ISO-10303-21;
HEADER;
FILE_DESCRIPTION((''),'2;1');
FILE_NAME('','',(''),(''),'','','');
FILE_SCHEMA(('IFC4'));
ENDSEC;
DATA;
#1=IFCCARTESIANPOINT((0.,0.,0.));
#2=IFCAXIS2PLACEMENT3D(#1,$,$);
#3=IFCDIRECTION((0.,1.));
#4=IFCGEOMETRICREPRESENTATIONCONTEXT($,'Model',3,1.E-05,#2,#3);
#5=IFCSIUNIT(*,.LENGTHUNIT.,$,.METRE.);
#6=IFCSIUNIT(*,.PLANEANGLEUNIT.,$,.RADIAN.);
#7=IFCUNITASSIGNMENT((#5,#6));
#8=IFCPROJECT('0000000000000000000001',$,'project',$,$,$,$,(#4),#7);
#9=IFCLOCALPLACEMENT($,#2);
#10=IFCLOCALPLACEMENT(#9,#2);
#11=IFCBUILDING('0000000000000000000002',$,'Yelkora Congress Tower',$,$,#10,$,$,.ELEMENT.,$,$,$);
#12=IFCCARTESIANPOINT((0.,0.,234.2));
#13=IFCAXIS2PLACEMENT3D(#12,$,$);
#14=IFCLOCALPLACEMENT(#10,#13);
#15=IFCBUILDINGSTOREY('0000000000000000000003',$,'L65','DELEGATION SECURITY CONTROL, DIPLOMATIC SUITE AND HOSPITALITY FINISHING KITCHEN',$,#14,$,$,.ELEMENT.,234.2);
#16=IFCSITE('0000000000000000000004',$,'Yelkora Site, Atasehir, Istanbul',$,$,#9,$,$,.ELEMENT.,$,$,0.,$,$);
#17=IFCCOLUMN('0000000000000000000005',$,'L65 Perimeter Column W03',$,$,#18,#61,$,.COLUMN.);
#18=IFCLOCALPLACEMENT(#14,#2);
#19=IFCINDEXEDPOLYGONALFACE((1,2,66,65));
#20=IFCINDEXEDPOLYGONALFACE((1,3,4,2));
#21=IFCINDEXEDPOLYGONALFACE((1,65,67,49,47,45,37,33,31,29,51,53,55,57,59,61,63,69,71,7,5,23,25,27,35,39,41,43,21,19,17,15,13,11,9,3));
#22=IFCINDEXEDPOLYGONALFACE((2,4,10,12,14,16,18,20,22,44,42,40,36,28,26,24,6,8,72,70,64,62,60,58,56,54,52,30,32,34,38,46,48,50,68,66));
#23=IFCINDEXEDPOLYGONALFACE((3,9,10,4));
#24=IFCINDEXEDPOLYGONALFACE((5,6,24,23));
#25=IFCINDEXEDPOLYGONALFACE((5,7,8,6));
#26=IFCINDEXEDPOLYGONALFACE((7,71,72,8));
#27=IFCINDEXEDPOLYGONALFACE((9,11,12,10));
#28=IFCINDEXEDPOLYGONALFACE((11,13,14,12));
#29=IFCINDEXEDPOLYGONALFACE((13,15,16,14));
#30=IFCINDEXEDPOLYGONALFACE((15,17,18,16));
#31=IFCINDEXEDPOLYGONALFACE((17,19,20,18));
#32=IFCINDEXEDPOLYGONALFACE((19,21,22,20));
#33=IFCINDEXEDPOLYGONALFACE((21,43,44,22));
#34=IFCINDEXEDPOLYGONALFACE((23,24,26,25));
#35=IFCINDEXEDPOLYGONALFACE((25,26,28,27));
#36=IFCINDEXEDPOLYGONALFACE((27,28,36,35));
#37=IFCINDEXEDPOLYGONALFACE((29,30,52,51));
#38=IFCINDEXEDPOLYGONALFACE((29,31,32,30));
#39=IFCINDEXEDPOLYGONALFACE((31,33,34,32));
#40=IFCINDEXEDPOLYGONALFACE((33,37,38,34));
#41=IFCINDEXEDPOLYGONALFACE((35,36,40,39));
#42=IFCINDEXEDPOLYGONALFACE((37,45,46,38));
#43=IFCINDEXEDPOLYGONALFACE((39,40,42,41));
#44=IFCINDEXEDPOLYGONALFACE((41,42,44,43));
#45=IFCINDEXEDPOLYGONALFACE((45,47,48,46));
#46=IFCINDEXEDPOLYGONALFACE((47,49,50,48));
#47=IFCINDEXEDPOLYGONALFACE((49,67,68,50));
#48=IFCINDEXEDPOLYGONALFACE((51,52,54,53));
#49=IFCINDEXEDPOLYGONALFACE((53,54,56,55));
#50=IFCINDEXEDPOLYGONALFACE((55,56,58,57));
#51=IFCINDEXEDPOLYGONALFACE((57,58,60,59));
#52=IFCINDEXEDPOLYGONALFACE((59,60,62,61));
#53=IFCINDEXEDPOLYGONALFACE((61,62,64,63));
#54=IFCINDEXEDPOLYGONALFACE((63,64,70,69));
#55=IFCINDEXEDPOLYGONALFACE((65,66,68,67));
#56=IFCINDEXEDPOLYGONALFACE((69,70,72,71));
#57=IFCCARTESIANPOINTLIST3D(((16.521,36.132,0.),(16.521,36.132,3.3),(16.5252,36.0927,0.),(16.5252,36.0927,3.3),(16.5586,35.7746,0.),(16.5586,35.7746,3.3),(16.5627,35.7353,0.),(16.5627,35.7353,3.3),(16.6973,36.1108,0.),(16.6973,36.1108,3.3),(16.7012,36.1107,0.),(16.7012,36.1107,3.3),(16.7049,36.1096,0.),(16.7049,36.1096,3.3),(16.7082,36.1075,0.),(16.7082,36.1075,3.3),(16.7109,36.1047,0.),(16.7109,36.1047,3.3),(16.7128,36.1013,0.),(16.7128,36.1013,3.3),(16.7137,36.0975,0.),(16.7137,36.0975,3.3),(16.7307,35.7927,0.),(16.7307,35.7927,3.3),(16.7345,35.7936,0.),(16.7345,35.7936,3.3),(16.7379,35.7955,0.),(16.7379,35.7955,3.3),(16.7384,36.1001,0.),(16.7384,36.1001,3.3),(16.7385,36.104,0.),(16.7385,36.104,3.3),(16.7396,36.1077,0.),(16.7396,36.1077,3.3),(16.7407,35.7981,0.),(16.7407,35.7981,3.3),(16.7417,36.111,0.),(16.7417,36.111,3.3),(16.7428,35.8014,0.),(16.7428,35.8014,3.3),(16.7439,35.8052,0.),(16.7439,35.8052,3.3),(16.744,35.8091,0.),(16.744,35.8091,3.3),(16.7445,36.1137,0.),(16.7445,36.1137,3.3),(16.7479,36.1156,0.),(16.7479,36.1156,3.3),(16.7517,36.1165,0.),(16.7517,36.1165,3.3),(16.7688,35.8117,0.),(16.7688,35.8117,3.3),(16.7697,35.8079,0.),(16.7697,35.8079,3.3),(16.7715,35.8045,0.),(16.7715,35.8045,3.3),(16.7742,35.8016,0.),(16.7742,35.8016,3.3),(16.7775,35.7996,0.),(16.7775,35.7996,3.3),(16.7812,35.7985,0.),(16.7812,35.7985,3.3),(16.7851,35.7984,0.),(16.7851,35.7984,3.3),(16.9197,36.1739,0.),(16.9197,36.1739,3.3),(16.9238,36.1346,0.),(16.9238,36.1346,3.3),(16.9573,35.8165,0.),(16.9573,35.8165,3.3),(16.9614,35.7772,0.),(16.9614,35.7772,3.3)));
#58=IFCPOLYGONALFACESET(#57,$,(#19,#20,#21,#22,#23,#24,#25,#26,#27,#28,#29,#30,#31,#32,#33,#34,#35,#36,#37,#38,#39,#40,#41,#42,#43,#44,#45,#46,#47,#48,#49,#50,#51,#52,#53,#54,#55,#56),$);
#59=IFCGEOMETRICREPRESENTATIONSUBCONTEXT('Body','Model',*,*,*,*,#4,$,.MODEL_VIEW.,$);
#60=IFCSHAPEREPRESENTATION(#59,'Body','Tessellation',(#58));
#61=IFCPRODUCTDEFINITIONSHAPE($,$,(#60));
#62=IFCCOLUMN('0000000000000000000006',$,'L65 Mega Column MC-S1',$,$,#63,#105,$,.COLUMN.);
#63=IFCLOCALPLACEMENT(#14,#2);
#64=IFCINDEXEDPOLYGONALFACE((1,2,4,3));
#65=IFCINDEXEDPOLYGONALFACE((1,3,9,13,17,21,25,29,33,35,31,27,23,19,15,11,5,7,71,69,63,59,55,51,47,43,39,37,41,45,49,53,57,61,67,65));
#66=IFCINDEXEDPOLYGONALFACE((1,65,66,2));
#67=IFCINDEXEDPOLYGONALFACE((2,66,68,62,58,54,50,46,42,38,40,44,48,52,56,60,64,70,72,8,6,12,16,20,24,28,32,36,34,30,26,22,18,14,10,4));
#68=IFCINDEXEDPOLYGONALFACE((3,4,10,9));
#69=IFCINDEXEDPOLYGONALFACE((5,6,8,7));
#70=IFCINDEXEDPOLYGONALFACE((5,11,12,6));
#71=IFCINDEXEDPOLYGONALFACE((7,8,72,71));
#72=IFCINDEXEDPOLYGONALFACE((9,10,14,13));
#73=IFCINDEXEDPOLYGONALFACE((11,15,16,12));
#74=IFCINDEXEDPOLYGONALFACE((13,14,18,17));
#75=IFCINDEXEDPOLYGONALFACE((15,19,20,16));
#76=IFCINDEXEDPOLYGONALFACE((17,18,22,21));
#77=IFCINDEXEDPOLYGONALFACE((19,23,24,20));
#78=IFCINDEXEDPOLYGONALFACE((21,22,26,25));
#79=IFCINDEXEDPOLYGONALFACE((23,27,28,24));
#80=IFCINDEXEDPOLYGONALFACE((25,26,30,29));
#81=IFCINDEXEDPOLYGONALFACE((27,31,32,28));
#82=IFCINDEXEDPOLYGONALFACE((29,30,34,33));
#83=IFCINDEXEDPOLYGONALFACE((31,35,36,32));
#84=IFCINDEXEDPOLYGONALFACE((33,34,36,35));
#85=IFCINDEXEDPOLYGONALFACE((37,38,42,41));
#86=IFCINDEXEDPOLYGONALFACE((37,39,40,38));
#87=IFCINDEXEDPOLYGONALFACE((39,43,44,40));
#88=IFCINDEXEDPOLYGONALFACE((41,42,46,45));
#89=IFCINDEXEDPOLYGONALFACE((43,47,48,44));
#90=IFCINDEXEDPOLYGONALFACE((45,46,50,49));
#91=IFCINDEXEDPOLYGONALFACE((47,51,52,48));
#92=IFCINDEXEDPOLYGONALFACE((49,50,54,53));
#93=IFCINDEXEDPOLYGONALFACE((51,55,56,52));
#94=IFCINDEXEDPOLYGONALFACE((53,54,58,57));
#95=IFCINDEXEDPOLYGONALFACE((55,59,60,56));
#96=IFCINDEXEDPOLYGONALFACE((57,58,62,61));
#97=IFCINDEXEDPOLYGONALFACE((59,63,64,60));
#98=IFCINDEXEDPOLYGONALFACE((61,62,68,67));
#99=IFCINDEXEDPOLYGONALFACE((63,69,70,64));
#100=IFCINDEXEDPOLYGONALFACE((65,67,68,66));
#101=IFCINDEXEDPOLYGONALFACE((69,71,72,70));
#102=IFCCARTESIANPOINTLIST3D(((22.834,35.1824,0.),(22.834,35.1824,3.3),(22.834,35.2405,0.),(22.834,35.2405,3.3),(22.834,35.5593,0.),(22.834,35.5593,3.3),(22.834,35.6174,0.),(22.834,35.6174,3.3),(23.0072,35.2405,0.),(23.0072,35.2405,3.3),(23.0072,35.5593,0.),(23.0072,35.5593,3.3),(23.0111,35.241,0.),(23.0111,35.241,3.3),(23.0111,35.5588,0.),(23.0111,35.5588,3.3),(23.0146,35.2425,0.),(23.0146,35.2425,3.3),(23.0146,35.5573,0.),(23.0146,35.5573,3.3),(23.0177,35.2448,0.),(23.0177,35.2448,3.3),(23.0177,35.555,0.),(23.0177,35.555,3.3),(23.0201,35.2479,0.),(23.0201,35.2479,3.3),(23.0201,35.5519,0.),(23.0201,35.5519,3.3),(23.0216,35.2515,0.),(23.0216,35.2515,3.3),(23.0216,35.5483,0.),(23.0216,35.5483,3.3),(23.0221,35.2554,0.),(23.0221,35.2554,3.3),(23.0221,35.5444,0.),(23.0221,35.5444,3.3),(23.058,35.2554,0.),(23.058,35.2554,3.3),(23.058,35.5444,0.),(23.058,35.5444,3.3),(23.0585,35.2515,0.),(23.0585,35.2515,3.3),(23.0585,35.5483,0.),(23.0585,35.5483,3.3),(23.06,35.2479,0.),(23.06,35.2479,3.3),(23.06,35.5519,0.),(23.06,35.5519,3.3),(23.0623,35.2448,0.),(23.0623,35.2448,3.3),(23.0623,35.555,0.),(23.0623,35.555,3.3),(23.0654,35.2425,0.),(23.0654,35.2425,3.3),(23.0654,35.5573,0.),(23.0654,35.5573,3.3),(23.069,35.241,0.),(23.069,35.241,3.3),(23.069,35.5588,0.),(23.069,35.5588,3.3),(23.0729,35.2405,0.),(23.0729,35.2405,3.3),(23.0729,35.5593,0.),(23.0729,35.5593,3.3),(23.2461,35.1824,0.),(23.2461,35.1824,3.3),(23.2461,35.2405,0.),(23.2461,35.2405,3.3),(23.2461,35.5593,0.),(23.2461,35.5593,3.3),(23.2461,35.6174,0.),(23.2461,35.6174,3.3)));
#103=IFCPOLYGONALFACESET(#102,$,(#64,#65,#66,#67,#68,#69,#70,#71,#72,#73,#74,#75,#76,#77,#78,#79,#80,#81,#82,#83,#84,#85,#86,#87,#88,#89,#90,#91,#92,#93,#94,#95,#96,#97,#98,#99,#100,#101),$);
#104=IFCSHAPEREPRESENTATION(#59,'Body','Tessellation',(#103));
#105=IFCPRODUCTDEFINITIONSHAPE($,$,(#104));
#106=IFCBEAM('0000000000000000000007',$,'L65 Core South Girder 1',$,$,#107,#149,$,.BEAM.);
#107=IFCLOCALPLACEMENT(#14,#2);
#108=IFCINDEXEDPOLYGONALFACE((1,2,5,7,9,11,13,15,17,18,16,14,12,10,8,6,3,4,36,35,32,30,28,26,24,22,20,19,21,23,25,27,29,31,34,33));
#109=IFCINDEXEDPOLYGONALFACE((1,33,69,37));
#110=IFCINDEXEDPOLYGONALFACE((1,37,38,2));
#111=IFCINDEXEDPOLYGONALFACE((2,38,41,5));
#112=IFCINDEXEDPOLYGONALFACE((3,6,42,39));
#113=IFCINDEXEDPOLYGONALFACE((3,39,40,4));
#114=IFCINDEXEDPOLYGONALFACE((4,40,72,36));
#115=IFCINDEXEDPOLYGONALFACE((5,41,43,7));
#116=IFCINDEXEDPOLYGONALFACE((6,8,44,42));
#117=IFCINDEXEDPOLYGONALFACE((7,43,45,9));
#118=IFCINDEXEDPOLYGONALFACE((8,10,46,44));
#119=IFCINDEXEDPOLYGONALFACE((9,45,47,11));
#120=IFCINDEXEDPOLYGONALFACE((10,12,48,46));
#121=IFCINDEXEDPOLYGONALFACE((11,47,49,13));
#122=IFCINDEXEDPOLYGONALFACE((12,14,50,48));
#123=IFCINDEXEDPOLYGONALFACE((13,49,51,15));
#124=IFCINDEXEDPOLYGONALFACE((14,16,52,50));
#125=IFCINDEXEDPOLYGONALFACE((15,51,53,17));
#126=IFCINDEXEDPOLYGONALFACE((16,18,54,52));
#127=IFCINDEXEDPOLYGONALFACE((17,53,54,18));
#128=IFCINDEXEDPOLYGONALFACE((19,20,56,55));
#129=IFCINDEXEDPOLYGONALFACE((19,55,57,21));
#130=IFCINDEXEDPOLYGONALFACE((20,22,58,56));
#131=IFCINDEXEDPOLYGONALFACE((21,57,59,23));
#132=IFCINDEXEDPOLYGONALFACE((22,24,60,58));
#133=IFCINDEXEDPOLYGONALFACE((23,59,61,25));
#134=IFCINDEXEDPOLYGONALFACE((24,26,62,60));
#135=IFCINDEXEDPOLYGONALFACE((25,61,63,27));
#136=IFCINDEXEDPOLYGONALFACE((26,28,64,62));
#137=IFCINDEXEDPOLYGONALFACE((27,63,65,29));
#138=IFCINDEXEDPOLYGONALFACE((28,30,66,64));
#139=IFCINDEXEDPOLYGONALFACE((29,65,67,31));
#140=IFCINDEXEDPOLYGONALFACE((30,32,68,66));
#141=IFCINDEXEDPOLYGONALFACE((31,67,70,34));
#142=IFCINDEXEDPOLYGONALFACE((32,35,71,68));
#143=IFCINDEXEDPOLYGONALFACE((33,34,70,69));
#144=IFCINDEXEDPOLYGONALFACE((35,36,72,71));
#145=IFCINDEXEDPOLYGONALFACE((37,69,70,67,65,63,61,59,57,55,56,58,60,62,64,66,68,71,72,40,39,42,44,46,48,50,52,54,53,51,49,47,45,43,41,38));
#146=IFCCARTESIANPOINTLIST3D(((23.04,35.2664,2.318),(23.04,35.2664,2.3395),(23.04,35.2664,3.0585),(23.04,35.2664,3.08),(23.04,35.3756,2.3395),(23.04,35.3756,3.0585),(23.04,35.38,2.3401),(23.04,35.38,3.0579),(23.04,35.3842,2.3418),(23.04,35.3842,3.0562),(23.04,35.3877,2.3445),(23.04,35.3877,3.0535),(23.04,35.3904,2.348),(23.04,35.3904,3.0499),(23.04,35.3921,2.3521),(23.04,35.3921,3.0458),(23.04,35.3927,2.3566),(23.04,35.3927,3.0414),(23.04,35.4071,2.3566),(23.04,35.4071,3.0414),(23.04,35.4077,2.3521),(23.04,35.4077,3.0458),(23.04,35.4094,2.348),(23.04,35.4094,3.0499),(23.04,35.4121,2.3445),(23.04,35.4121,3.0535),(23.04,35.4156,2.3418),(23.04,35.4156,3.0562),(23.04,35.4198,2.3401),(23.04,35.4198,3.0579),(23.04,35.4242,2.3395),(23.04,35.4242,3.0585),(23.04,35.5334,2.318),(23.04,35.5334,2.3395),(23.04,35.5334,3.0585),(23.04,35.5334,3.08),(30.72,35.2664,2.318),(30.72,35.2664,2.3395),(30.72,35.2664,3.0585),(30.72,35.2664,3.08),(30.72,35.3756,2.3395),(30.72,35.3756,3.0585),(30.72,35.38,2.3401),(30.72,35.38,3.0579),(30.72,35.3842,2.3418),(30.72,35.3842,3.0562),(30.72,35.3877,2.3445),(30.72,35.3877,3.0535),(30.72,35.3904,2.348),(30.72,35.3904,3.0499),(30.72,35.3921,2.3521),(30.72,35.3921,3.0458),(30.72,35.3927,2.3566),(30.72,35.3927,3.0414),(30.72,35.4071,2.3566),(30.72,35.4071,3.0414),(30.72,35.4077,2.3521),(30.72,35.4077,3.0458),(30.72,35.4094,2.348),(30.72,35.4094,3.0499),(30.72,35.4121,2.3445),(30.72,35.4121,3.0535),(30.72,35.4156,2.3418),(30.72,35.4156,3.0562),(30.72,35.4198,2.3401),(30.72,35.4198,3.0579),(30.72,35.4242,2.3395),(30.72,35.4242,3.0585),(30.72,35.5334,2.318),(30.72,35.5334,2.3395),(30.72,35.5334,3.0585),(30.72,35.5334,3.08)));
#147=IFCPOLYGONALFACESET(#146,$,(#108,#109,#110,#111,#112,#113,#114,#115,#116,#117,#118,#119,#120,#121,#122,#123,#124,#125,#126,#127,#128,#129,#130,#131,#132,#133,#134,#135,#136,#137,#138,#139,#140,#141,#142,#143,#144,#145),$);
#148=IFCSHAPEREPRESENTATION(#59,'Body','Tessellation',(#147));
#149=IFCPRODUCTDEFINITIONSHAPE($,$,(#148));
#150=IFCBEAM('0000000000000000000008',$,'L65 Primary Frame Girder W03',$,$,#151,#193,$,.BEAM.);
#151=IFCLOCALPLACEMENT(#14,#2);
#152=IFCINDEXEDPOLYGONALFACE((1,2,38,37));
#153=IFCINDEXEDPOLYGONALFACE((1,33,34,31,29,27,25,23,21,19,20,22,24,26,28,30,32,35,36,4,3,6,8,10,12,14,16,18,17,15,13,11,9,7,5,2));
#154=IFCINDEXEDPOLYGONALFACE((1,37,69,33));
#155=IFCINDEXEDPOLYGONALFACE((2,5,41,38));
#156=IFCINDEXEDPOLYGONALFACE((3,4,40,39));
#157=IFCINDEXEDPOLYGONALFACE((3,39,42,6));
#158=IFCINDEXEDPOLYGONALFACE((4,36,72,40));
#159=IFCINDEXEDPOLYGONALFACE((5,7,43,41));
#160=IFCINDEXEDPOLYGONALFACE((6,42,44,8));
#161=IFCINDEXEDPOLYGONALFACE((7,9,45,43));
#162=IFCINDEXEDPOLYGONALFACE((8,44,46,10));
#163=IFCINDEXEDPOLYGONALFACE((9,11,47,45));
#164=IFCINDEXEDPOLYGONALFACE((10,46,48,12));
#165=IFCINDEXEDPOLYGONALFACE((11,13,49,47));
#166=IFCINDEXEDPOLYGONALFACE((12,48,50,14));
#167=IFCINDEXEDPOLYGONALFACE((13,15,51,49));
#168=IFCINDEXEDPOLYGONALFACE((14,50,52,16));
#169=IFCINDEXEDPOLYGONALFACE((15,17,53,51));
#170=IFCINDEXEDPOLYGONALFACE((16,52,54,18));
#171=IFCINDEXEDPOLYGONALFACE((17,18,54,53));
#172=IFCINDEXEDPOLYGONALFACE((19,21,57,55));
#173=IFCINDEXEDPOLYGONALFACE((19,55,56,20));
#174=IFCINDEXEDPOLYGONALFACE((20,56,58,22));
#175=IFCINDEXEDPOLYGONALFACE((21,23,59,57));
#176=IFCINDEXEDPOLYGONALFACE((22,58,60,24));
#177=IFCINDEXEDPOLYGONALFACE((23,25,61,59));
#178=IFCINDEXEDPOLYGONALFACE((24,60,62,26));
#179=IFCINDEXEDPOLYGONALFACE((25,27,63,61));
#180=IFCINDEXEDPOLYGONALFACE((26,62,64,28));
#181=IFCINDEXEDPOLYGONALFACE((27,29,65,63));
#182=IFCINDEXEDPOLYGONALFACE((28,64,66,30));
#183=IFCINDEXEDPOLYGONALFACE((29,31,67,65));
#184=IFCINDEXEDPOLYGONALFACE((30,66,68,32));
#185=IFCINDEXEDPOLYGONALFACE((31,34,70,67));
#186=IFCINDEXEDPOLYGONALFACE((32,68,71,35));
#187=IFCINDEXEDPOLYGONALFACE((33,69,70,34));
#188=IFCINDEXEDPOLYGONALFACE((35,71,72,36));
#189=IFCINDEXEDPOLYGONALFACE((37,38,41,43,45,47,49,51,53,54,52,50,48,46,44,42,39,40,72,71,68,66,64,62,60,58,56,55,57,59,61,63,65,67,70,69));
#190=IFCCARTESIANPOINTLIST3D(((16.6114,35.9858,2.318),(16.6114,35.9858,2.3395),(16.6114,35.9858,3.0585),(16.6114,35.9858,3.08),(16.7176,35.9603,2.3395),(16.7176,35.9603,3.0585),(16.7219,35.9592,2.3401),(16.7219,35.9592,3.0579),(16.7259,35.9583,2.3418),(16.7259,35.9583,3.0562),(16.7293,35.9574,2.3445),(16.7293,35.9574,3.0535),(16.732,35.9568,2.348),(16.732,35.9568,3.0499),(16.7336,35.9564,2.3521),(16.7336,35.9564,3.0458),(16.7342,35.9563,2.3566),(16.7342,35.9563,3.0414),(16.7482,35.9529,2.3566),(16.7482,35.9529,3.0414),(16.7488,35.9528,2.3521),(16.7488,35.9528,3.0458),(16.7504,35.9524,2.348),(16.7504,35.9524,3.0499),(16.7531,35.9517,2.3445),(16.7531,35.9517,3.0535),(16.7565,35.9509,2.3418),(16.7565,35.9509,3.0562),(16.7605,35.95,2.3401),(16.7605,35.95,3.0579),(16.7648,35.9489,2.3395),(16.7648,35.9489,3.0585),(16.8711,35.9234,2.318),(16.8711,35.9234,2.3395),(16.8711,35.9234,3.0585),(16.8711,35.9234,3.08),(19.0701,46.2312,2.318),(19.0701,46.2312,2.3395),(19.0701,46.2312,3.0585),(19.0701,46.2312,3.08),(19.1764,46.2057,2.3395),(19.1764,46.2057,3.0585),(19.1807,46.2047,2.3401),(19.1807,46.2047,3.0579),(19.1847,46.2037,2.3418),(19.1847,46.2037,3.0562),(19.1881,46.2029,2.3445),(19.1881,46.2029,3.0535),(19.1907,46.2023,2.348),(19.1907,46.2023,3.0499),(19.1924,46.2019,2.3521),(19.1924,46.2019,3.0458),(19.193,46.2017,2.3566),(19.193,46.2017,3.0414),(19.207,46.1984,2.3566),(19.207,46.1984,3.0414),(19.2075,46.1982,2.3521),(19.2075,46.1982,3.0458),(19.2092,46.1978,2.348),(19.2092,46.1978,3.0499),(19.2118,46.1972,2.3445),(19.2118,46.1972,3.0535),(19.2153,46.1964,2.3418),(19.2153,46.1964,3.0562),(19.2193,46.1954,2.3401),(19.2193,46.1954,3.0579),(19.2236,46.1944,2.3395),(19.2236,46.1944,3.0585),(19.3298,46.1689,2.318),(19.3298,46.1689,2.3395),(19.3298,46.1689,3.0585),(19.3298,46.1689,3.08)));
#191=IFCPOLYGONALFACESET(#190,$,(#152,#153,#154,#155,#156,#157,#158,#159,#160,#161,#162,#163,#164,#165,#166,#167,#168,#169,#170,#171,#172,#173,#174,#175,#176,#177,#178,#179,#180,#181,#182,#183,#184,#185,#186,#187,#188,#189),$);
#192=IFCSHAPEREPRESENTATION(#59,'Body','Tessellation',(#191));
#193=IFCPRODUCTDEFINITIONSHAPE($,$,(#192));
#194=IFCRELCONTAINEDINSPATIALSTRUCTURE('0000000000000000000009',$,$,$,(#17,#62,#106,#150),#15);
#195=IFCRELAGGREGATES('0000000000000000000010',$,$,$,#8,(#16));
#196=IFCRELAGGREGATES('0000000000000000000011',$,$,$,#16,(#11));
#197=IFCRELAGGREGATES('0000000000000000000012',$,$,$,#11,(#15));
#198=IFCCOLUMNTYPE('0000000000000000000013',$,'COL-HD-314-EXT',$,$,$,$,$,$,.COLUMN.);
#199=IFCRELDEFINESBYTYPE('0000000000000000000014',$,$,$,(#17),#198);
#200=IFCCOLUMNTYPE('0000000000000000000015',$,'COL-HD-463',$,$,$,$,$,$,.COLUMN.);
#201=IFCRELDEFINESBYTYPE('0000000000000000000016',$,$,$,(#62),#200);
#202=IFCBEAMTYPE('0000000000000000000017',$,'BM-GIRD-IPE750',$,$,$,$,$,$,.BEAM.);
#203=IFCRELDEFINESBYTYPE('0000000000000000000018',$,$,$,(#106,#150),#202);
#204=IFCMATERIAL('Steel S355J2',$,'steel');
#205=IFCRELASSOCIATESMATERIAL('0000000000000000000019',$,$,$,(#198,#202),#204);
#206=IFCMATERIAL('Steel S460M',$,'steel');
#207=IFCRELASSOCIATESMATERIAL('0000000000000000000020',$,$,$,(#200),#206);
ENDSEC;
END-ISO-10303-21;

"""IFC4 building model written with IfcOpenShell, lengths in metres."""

from ifc_helpers import new_model, si_unit, direction, frame, origin, origin_2d, place, context, subcontext, project, spatial, i_section, extrude, material, material_profile, profile_set, type_object, element, save


model = new_model("IFC4")

# Units and contexts
model_context = context("Model", 3, precision=1e-05, world=origin(), true_north=direction((0.0, 1.0)))
body_context = subcontext(model_context, "Body", "Model", "MODEL_VIEW")
ifc_project = project(units=[si_unit("LENGTHUNIT", "METRE"), si_unit("PLANEANGLEUNIT", "RADIAN")], contexts=[model_context])

# Site, building, storey
site_placement = place(None, origin())
site = spatial("IfcSite", under=ifc_project, at=site_placement, Name="Yelkora Site, Atasehir, Istanbul", CompositionType="ELEMENT", RefElevation=0.0)
building_placement = place(site_placement, origin())
building = spatial("IfcBuilding", under=site, at=building_placement, Name="Yelkora Congress Tower", CompositionType="ELEMENT")
storey_placement = place(building_placement, frame((0.0, 0.0, 234.2)))
storey = spatial("IfcBuildingStorey", under=building, at=storey_placement, Name="L65", Description="DELEGATION SECURITY CONTROL, DIPLOMATIC SUITE AND HOSPITALITY FINISHING KITCHEN", CompositionType="ELEMENT", Elevation=234.2)

# Columns
ifc_material_1 = material(Name="Steel S355J2", Category="steel")
ifc_material_profile_1 = material_profile(ifc_material_1, i_section(OverallWidth=0.4009, OverallDepth=0.3989, WebThickness=0.0249, FlangeThickness=0.0396, FilletRadius=0.0149, at=origin_2d()), Name="HD 400x314")
ifc_profile_set_1 = profile_set([ifc_material_profile_1], Name="Steel S355J2")
column_type_1 = type_object("IfcColumnType", Name="COL-HD-314-EXT", PredefinedType="COLUMN", material=ifc_profile_set_1)
column_1_placement = place(storey_placement, frame((16.7412, 35.9546, 0.0), z_axis=(0.0, 0.0, 1.0), x_axis=(0.994522, 0.104528, 0.0)))
element("IfcColumn", 1, at=column_1_placement, inside=storey, type_object=column_type_1, Name="L65 Perimeter Column W03", PredefinedType="COLUMN", context=body_context, shape_type="SweptSolid", body=[
    extrude(i_section(OverallWidth=0.4009, OverallDepth=0.3989, WebThickness=0.0249, FlangeThickness=0.0396, FilletRadius=0.0149, at=origin_2d()), origin(), (0.0, 0.0, 1.0), 3.3),
])
ifc_material_2 = material(Name="Steel S460M", Category="steel")
ifc_material_profile_2 = material_profile(ifc_material_2, i_section(OverallWidth=0.4121, OverallDepth=0.4351, WebThickness=0.0359, FlangeThickness=0.0581, FilletRadius=0.0149, at=origin_2d()), Name="HD 400x463")
ifc_profile_set_2 = profile_set([ifc_material_profile_2], Name="Steel S460M")
column_type_2 = type_object("IfcColumnType", Name="COL-HD-463", PredefinedType="COLUMN", material=ifc_profile_set_2)
column_2_placement = place(storey_placement, frame((23.04, 35.3999, 0.0), z_axis=(0.0, 0.0, 1.0), x_axis=(1.0, 0.0, 0.0)))
element("IfcColumn", 2, at=column_2_placement, inside=storey, type_object=column_type_2, Name="L65 Mega Column MC-S1", PredefinedType="COLUMN", context=body_context, shape_type="SweptSolid", body=[
    extrude(i_section(OverallWidth=0.4121, OverallDepth=0.4351, WebThickness=0.0359, FlangeThickness=0.0581, FilletRadius=0.0149, at=origin_2d()), origin(), (0.0, 0.0, 1.0), 3.3),
])

# Beams
ifc_material_profile_3 = material_profile(ifc_material_1, i_section(OverallWidth=0.2671, OverallDepth=0.762, WebThickness=0.0144, FlangeThickness=0.0215, FilletRadius=0.0171, at=origin_2d()), Name="IPE 750x173")
ifc_profile_set_3 = profile_set([ifc_material_profile_3], Name="Steel S355J2")
beam_type_1 = type_object("IfcBeamType", Name="BM-GIRD-IPE750", PredefinedType="BEAM", material=ifc_profile_set_3)
beam_1_placement = place(storey_placement, frame((23.04, 35.3999, 2.699), z_axis=(1.0, 0.0, 0.0), x_axis=(0.0, 1.0, 0.0)))
element("IfcBeam", 3, at=beam_1_placement, inside=storey, type_object=beam_type_1, Name="L65 Core South Girder 1", PredefinedType="BEAM", context=body_context, shape_type="SweptSolid", body=[
    extrude(i_section(OverallWidth=0.2671, OverallDepth=0.762, WebThickness=0.0144, FlangeThickness=0.0215, FilletRadius=0.0171, at=origin_2d()), origin(), (0.0, 0.0, 1.0), 7.6799),
])
beam_2_placement = place(storey_placement, frame((16.7412, 35.9546, 2.699), z_axis=(0.23336, 0.97239, 0.0), x_axis=(-0.97239, 0.23336, 0.0)))
element("IfcBeam", 4, at=beam_2_placement, inside=storey, type_object=beam_type_1, Name="L65 Primary Frame Girder W03", PredefinedType="BEAM", context=body_context, shape_type="SweptSolid", body=[
    extrude(i_section(OverallWidth=0.2671, OverallDepth=0.762, WebThickness=0.0144, FlangeThickness=0.0215, FilletRadius=0.0171, at=origin_2d()), origin(), (0.0, 0.0, 1.0), 10.5364),
])

save(model, "model.ifc")
